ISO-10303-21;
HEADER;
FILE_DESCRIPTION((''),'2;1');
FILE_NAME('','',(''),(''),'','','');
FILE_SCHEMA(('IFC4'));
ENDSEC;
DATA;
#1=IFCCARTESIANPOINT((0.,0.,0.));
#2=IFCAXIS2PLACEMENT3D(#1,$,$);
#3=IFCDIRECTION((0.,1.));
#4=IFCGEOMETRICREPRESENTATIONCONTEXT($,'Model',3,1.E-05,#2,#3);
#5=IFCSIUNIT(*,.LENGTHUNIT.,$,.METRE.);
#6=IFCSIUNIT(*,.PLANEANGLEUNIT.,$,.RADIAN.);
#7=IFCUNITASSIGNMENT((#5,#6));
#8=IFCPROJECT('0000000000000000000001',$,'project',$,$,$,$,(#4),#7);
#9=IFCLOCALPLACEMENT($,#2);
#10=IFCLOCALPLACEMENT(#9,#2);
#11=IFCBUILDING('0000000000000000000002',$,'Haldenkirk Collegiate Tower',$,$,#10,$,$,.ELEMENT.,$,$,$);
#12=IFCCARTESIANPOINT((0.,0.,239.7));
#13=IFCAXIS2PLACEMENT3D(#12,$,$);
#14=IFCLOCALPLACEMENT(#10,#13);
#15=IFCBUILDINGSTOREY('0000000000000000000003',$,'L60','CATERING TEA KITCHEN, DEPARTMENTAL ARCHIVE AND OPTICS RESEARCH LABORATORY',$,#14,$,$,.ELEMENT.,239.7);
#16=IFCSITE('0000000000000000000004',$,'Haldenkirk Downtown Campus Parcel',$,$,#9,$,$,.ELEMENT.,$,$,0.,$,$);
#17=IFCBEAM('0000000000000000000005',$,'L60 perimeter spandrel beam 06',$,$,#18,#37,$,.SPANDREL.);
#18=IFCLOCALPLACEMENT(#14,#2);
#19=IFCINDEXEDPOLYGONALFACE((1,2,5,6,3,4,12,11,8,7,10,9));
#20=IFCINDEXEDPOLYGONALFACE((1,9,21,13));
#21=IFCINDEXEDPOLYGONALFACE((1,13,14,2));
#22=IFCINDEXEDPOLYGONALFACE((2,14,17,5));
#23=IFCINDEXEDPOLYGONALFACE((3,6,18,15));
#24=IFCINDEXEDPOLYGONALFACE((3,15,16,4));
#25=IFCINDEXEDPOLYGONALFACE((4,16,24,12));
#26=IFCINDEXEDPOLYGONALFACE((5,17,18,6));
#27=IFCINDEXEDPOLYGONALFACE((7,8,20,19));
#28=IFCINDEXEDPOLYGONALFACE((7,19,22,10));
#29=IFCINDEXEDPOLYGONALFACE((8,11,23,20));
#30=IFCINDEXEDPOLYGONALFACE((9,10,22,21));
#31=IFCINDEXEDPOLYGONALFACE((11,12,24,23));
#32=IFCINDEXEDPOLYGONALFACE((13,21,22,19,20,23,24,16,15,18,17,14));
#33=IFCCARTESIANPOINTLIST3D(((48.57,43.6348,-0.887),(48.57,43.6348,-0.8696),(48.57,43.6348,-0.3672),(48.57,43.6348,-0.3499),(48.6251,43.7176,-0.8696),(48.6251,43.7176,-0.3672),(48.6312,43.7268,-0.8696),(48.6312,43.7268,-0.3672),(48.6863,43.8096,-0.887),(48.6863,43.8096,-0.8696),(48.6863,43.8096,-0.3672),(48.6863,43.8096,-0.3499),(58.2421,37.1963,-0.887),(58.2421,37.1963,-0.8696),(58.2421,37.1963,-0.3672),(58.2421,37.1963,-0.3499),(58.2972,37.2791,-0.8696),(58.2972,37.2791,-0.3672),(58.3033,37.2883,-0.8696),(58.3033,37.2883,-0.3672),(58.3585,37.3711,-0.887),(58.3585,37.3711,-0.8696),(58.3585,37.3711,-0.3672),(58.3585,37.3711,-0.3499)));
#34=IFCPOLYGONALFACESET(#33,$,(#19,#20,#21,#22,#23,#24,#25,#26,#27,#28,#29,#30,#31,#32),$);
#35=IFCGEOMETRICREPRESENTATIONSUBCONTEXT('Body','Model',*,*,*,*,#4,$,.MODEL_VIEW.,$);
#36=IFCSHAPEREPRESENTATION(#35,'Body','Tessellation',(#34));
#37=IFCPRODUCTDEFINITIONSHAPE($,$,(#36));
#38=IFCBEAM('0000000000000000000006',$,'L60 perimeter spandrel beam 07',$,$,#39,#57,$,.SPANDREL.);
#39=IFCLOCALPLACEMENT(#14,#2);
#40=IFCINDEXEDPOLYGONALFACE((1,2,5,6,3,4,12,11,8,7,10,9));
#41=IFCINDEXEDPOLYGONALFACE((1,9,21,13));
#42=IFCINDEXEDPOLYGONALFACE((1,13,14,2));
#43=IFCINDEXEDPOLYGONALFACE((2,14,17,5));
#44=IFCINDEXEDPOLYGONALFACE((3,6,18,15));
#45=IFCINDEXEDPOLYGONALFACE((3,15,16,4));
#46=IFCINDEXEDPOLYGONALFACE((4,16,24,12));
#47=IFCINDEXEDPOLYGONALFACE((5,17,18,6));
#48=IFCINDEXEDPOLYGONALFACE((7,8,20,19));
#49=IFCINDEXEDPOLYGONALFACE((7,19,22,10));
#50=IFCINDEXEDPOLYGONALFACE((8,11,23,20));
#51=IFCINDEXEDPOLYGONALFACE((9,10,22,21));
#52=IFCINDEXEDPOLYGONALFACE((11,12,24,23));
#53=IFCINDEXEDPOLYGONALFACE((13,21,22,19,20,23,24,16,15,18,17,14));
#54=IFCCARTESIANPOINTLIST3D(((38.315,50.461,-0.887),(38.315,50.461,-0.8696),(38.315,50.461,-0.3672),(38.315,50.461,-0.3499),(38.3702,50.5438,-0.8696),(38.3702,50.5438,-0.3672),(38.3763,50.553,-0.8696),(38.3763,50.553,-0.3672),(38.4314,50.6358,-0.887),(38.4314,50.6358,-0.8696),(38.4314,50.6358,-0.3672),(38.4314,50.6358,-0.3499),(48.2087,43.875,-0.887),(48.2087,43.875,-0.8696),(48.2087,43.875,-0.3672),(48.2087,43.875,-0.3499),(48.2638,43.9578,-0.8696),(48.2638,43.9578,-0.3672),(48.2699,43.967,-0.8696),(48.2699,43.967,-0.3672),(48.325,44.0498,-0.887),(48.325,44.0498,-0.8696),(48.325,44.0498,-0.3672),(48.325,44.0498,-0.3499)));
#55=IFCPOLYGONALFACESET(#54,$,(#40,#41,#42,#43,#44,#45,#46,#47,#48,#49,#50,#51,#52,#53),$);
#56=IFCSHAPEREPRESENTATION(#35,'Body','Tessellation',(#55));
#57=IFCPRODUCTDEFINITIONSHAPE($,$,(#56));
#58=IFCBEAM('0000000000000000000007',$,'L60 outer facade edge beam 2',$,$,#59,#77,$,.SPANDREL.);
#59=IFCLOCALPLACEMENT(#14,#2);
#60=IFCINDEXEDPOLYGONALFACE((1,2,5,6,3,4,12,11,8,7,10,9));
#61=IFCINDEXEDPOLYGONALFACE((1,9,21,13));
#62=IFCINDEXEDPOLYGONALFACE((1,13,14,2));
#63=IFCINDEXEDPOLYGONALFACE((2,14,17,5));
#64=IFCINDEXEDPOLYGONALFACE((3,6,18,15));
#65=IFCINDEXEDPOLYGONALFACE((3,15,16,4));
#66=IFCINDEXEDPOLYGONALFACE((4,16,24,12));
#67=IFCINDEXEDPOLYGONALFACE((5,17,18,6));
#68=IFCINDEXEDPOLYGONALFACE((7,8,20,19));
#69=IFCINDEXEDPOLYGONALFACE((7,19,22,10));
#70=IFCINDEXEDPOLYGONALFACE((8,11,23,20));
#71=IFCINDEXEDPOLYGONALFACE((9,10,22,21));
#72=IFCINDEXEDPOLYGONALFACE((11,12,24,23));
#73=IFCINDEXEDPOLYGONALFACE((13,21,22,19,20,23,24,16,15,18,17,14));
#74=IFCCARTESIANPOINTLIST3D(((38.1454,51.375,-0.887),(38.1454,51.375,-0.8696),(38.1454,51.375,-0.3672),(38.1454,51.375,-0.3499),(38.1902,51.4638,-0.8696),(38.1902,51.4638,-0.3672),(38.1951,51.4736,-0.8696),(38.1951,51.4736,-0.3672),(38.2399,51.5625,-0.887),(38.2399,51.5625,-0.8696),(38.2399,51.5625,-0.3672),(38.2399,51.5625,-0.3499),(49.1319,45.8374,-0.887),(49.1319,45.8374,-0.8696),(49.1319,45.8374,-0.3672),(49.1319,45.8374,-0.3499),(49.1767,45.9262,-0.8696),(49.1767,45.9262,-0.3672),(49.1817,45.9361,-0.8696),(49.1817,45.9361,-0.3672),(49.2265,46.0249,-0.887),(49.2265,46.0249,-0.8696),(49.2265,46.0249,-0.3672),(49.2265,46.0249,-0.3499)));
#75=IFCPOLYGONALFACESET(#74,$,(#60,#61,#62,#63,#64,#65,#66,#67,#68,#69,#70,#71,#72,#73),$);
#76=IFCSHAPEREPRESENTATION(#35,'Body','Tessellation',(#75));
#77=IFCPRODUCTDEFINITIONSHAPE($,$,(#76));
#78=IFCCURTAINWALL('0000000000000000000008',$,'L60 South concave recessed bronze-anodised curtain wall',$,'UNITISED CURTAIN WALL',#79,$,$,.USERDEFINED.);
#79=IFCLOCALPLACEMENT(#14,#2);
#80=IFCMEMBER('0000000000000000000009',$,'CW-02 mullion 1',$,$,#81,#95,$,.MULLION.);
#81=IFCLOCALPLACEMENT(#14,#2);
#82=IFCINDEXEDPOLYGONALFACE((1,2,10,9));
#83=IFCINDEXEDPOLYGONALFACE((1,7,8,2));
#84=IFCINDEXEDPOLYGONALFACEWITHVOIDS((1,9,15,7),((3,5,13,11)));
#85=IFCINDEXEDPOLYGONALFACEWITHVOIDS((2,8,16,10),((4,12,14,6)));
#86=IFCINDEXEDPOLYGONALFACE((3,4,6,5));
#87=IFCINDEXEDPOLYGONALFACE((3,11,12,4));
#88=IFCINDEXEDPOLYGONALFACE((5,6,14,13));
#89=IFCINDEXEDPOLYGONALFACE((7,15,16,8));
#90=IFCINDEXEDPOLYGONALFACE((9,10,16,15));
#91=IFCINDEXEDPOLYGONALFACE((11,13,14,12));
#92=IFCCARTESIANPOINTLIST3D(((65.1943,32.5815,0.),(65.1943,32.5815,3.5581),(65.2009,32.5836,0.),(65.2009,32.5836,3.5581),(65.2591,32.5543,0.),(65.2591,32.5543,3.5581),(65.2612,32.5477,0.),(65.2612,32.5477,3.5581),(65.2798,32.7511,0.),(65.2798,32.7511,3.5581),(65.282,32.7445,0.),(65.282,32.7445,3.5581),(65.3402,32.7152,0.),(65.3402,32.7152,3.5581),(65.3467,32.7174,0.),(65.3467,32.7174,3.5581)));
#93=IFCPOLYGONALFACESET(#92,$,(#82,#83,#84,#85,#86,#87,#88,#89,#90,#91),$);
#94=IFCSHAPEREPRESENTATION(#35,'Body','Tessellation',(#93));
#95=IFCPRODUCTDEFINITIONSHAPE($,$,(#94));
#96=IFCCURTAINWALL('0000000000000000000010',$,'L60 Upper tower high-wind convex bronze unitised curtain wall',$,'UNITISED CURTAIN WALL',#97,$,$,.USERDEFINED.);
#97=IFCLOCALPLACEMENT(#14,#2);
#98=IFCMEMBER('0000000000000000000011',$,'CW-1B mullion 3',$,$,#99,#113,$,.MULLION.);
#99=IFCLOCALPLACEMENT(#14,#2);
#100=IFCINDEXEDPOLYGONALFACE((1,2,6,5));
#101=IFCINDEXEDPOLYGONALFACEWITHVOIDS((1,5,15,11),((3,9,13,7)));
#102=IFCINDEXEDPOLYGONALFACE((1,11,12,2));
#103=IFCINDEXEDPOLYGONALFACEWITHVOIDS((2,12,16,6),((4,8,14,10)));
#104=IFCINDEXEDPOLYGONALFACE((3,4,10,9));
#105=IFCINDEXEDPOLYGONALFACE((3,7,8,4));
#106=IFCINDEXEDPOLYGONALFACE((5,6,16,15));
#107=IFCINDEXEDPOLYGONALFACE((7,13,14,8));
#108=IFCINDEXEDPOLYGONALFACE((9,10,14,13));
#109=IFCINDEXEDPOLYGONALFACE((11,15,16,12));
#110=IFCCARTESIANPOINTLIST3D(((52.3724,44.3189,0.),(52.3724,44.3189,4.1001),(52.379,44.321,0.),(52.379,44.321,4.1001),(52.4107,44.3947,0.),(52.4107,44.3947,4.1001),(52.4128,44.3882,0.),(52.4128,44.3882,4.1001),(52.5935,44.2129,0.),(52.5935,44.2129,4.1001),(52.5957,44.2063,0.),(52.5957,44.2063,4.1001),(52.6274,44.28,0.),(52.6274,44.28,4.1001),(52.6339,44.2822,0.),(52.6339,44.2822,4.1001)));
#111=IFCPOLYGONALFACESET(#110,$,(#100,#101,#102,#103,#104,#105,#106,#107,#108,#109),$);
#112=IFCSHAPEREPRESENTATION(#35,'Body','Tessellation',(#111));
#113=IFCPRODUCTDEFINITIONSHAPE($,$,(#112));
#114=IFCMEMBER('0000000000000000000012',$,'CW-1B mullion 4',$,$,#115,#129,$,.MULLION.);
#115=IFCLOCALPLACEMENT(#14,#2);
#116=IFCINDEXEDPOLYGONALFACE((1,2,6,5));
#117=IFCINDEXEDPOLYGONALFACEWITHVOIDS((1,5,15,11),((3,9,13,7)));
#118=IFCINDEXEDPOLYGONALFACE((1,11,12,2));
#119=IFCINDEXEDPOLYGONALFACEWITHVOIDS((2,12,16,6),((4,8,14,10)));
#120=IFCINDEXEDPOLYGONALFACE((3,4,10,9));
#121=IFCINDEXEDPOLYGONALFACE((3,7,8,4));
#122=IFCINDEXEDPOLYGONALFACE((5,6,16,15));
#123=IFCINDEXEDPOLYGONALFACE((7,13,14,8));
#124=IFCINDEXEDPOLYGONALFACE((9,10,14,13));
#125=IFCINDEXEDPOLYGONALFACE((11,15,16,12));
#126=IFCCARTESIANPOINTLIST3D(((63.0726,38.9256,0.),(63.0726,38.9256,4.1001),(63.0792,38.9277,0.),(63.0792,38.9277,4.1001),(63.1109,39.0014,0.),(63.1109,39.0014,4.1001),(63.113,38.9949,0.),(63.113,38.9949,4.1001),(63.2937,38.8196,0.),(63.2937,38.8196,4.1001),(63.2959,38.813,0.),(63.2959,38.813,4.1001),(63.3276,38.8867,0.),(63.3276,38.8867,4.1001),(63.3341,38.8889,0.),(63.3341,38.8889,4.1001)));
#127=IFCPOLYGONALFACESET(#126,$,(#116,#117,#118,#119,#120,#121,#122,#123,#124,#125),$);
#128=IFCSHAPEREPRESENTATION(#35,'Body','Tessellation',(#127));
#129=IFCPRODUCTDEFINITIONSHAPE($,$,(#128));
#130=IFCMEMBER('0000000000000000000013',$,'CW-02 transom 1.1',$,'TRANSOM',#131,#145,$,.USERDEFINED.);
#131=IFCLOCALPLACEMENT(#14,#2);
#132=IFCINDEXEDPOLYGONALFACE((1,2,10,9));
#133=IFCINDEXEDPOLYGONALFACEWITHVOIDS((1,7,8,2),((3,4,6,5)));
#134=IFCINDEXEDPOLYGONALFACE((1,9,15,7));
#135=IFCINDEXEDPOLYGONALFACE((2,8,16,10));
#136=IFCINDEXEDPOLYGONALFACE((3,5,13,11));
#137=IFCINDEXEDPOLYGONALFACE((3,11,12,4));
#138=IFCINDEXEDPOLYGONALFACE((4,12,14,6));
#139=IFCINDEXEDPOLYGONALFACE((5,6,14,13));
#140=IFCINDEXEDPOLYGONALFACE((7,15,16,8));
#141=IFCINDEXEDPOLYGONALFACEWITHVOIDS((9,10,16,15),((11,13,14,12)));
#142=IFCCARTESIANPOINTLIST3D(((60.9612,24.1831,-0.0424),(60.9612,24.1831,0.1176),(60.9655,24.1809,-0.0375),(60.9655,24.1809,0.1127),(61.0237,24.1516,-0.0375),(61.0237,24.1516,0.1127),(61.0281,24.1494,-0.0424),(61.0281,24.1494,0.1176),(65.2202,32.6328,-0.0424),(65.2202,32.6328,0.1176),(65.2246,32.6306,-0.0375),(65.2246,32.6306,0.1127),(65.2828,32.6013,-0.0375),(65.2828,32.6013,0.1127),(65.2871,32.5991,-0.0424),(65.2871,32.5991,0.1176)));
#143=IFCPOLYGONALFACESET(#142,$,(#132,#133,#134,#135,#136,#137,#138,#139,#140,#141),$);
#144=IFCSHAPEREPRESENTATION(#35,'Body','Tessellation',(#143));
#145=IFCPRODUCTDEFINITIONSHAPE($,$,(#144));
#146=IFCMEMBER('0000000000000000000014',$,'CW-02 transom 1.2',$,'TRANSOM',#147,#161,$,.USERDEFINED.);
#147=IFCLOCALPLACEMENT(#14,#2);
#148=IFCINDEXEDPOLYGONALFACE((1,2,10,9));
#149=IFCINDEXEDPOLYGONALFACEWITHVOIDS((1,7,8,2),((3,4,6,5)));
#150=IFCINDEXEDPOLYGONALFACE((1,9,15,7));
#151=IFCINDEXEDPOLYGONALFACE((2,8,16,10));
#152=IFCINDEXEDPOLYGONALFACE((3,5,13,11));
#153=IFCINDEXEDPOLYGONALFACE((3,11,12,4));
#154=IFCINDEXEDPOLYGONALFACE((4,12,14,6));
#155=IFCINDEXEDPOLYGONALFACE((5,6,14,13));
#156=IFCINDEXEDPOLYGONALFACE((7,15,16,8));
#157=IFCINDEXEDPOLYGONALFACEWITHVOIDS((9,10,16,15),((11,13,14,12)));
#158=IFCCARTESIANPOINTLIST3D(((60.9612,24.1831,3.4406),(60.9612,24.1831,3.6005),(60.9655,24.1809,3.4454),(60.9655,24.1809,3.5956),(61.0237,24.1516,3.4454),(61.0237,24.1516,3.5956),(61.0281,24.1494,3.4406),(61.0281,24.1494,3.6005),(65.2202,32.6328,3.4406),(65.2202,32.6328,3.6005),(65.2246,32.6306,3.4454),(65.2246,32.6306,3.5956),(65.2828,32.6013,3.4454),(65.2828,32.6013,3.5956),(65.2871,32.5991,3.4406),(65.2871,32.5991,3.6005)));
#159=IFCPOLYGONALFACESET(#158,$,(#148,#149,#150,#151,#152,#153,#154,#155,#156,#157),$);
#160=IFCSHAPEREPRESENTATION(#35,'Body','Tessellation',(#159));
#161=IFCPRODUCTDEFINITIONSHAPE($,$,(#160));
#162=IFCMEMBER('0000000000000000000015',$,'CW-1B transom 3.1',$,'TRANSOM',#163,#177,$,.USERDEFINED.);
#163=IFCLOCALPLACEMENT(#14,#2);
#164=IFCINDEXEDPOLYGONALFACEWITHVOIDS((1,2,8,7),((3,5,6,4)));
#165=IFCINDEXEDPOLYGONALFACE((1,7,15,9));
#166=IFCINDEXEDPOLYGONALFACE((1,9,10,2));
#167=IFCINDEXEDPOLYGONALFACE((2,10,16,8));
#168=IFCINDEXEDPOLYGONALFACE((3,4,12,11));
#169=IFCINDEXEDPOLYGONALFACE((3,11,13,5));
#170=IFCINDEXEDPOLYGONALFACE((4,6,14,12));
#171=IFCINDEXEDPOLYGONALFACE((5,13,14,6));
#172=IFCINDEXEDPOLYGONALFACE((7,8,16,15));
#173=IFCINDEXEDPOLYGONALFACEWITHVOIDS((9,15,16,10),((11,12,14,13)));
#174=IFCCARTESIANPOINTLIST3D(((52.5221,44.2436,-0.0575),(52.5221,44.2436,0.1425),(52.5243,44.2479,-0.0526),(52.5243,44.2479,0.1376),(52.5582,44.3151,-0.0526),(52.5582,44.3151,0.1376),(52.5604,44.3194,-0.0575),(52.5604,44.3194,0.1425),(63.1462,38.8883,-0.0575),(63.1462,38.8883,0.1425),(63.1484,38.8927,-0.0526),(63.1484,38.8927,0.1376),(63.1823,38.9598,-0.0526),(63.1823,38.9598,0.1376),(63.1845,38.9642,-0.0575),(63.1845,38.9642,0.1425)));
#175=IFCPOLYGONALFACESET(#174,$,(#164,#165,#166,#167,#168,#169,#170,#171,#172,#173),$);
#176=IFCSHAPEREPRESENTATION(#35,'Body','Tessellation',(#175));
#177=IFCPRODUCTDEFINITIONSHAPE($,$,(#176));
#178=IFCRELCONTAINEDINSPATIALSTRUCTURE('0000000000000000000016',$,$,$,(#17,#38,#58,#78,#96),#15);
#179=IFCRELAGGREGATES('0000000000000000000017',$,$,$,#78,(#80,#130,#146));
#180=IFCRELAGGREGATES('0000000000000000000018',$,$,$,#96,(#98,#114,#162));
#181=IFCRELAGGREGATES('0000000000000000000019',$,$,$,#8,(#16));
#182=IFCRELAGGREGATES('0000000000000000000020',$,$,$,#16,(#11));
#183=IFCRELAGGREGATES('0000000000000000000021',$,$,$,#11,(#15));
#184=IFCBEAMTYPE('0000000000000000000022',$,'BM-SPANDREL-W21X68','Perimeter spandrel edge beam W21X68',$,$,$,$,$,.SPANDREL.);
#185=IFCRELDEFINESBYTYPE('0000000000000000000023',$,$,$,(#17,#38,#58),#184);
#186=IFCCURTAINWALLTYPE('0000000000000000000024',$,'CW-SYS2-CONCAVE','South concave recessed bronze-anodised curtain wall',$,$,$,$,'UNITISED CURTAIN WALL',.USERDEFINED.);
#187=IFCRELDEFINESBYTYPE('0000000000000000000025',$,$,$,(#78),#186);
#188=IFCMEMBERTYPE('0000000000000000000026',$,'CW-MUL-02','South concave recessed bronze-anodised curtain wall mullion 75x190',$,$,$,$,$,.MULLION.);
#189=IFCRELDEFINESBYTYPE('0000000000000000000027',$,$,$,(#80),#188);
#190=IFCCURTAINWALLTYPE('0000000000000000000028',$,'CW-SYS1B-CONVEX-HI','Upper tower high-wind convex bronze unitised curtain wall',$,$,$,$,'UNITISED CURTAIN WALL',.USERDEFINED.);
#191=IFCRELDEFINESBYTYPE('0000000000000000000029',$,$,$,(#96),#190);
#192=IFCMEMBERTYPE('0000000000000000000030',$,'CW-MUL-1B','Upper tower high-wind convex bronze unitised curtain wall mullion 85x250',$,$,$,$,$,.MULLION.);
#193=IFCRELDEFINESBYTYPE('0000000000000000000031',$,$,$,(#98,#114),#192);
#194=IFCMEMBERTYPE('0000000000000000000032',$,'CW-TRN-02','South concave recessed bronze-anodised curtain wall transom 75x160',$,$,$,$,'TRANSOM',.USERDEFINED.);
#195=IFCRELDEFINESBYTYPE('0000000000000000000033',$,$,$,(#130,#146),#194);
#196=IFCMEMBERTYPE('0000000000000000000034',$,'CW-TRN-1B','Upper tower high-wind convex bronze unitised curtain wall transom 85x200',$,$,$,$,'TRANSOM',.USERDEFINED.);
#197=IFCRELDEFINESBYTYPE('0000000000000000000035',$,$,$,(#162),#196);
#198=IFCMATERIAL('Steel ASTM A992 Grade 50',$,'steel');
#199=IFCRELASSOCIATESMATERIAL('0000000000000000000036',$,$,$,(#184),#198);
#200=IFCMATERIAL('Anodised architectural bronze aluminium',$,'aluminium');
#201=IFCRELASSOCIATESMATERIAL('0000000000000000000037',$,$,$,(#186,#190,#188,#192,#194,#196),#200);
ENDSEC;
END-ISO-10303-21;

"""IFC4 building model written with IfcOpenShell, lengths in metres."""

from ifc_helpers import new_model, si_unit, direction, frame, origin, origin_2d, place, context, subcontext, project, spatial, hollow_rectangle, i_section, extrude, material, material_profile, profile_set, type_object, element, aggregate, save


model = new_model("IFC4")

# Units and contexts
model_context = context("Model", 3, precision=1e-05, world=origin(), true_north=direction((0.0, 1.0)))
body_context = subcontext(model_context, "Body", "Model", "MODEL_VIEW")
ifc_project = project(units=[si_unit("LENGTHUNIT", "METRE"), si_unit("PLANEANGLEUNIT", "RADIAN")], contexts=[model_context])

# Site, building, storey
site_placement = place(None, origin())
site = spatial("IfcSite", under=ifc_project, at=site_placement, Name="Haldenkirk Downtown Campus Parcel", CompositionType="ELEMENT", RefElevation=0.0)
building_placement = place(site_placement, origin())
building = spatial("IfcBuilding", under=site, at=building_placement, Name="Haldenkirk Collegiate Tower", CompositionType="ELEMENT")
storey_placement = place(building_placement, frame((0.0, 0.0, 239.7)))
storey = spatial("IfcBuildingStorey", under=building, at=storey_placement, Name="L60", Description="CATERING TEA KITCHEN, DEPARTMENTAL ARCHIVE AND OPTICS RESEARCH LABORATORY", CompositionType="ELEMENT", Elevation=239.7)

# Beams
ifc_material_1 = material(Name="Steel ASTM A992 Grade 50", Category="steel")
ifc_material_profile_1 = material_profile(ifc_material_1, i_section(OverallWidth=0.21, OverallDepth=0.5371, WebThickness=0.011, FlangeThickness=0.0173, at=origin_2d()), Name="W21X68")
ifc_profile_set_1 = profile_set([ifc_material_profile_1], Name="Steel ASTM A992 Grade 50")
beam_type_1 = type_object("IfcBeamType", Name="BM-SPANDREL-W21X68", Description="Perimeter spandrel edge beam W21X68", PredefinedType="SPANDREL", material=ifc_profile_set_1)
beam_1_placement = place(storey_placement, frame((58.3003, 37.2837, -0.6184), z_axis=(-0.832432, 0.554128, 0.0), x_axis=(-0.554128, -0.832432, 0.0)))
element("IfcBeam", 1, at=beam_1_placement, inside=storey, type_object=beam_type_1, Name="L60 perimeter spandrel beam 06", PredefinedType="SPANDREL", context=body_context, shape_type="SweptSolid", body=[
    extrude(i_section(OverallWidth=0.21, OverallDepth=0.5371, WebThickness=0.011, FlangeThickness=0.0173, at=origin_2d()), origin(), (0.0, 0.0, 1.0), 11.6191),
])
beam_2_placement = place(storey_placement, frame((48.2668, 43.9624, -0.6184), z_axis=(-0.832429, 0.554131, 0.0), x_axis=(-0.554131, -0.832429, 0.0)))
element("IfcBeam", 2, at=beam_2_placement, inside=storey, type_object=beam_type_1, Name="L60 perimeter spandrel beam 07", PredefinedType="SPANDREL", context=body_context, shape_type="SweptSolid", body=[
    extrude(i_section(OverallWidth=0.21, OverallDepth=0.5371, WebThickness=0.011, FlangeThickness=0.0173, at=origin_2d()), origin(), (0.0, 0.0, 1.0), 11.8853),
])
beam_3_placement = place(storey_placement, frame((49.1792, 45.9312, -0.6184), z_axis=(-0.892982, 0.450093, 0.0), x_axis=(-0.450093, -0.892982, 0.0)))
element("IfcBeam", 3, at=beam_3_placement, inside=storey, type_object=beam_type_1, Name="L60 outer facade edge beam 2", PredefinedType="SPANDREL", context=body_context, shape_type="SweptSolid", body=[
    extrude(i_section(OverallWidth=0.21, OverallDepth=0.5371, WebThickness=0.011, FlangeThickness=0.0173, at=origin_2d()), origin(), (0.0, 0.0, 1.0), 12.3032),
])

# Curtain wall, member
ifc_material_2 = material(Name="Anodised architectural bronze aluminium", Category="aluminium")
curtain_wall_type_1 = type_object("IfcCurtainWallType", Name="CW-SYS2-CONCAVE", Description="South concave recessed bronze-anodised curtain wall", ElementType="UNITISED CURTAIN WALL", PredefinedType="USERDEFINED", material=ifc_material_2)
curtain_wall_1_placement = place(storey_placement, origin())
curtain_wall_1 = element("IfcCurtainWall", 4, at=curtain_wall_1_placement, inside=storey, type_object=curtain_wall_type_1, Name="L60 South concave recessed bronze-anodised curtain wall", ObjectType="UNITISED CURTAIN WALL", PredefinedType="USERDEFINED")
ifc_material_profile_2 = material_profile(ifc_material_2, hollow_rectangle(XDim=0.075, YDim=0.1899, WallThickness=0.0049, at=origin_2d()), Name="CW-MUL-02")
ifc_profile_set_2 = profile_set([ifc_material_profile_2], Name="Anodised architectural bronze aluminium")
member_type_1 = type_object("IfcMemberType", Name="CW-MUL-02", Description="South concave recessed bronze-anodised curtain wall mullion 75x190", PredefinedType="MULLION", material=ifc_profile_set_2)
member_1_placement = place(storey_placement, frame((65.2705, 32.6494, 0.0), z_axis=(0.0, 0.0, 1.0), x_axis=(0.89298, -0.450097, 0.0)))
member_1 = element("IfcMember", 5, at=member_1_placement, type_object=member_type_1, Name="CW-02 mullion 1", PredefinedType="MULLION", context=body_context, shape_type="SweptSolid", body=[
    extrude(hollow_rectangle(XDim=0.075, YDim=0.1899, WallThickness=0.0049, at=origin_2d()), origin(), (0.0, 0.0, 1.0), 3.5581),
])

# Curtain wall, members
curtain_wall_type_2 = type_object("IfcCurtainWallType", Name="CW-SYS1B-CONVEX-HI", Description="Upper tower high-wind convex bronze unitised curtain wall", ElementType="UNITISED CURTAIN WALL", PredefinedType="USERDEFINED", material=ifc_material_2)
curtain_wall_2_placement = place(storey_placement, origin())
curtain_wall_2 = element("IfcCurtainWall", 6, at=curtain_wall_2_placement, inside=storey, type_object=curtain_wall_type_2, Name="L60 Upper tower high-wind convex bronze unitised curtain wall", ObjectType="UNITISED CURTAIN WALL", PredefinedType="USERDEFINED")
ifc_material_profile_3 = material_profile(ifc_material_2, hollow_rectangle(XDim=0.085, YDim=0.25, WallThickness=0.0049, at=origin_2d()), Name="CW-MUL-1B")
ifc_profile_set_3 = profile_set([ifc_material_profile_3], Name="Anodised architectural bronze aluminium")
member_type_2 = type_object("IfcMemberType", Name="CW-MUL-1B", Description="Upper tower high-wind convex bronze unitised curtain wall mullion 85x250", PredefinedType="MULLION", material=ifc_profile_set_3)
member_2_placement = place(storey_placement, frame((52.5032, 44.3005, 0.0), z_axis=(0.0, 0.0, 1.0), x_axis=(0.450099, 0.892979, 0.0)))
member_2 = element("IfcMember", 7, at=member_2_placement, type_object=member_type_2, Name="CW-1B mullion 3", PredefinedType="MULLION", context=body_context, shape_type="SweptSolid", body=[
    extrude(hollow_rectangle(XDim=0.085, YDim=0.25, WallThickness=0.0049, at=origin_2d()), origin(), (0.0, 0.0, 1.0), 4.1001),
])
member_3_placement = place(storey_placement, frame((63.2034, 38.9072, 0.0), z_axis=(0.0, 0.0, 1.0), x_axis=(0.450099, 0.892979, 0.0)))
member_3 = element("IfcMember", 8, at=member_3_placement, type_object=member_type_2, Name="CW-1B mullion 4", PredefinedType="MULLION", context=body_context, shape_type="SweptSolid", body=[
    extrude(hollow_rectangle(XDim=0.085, YDim=0.25, WallThickness=0.0049, at=origin_2d()), origin(), (0.0, 0.0, 1.0), 4.1001),
])

# Members
ifc_material_profile_4 = material_profile(ifc_material_2, hollow_rectangle(XDim=0.075, YDim=0.1599, WallThickness=0.0049, at=origin_2d()), Name="CW-TRN-02")
ifc_profile_set_4 = profile_set([ifc_material_profile_4], Name="Anodised architectural bronze aluminium")
member_type_3 = type_object("IfcMemberType", Name="CW-TRN-02", Description="South concave recessed bronze-anodised curtain wall transom 75x160", ElementType="TRANSOM", PredefinedType="USERDEFINED", material=ifc_profile_set_4)
member_4_placement = place(storey_placement, frame((65.2537, 32.616, 0.0376), z_axis=(-0.450101, -0.892978, 0.0), x_axis=(0.892978, -0.450101, 0.0)))
member_4 = element("IfcMember", 9, at=member_4_placement, type_object=member_type_3, Name="CW-02 transom 1.1", ObjectType="TRANSOM", PredefinedType="USERDEFINED", context=body_context, shape_type="SweptSolid", body=[
    extrude(hollow_rectangle(XDim=0.075, YDim=0.1599, WallThickness=0.0049, at=origin_2d()), origin(), (0.0, 0.0, 1.0), 9.4624),
])
member_5_placement = place(storey_placement, frame((65.2537, 32.616, 3.5205), z_axis=(-0.450101, -0.892978, 0.0), x_axis=(0.892978, -0.450101, 0.0)))
member_5 = element("IfcMember", 10, at=member_5_placement, type_object=member_type_3, Name="CW-02 transom 1.2", ObjectType="TRANSOM", PredefinedType="USERDEFINED", context=body_context, shape_type="SweptSolid", body=[
    extrude(hollow_rectangle(XDim=0.075, YDim=0.1599, WallThickness=0.0049, at=origin_2d()), origin(), (0.0, 0.0, 1.0), 9.4624),
])
ifc_material_profile_5 = material_profile(ifc_material_2, hollow_rectangle(XDim=0.085, YDim=0.2, WallThickness=0.0049, at=origin_2d()), Name="CW-TRN-1B")
ifc_profile_set_5 = profile_set([ifc_material_profile_5], Name="Anodised architectural bronze aluminium")
member_type_4 = type_object("IfcMemberType", Name="CW-TRN-1B", Description="Upper tower high-wind convex bronze unitised curtain wall transom 85x200", ElementType="TRANSOM", PredefinedType="USERDEFINED", material=ifc_profile_set_5)
member_6_placement = place(storey_placement, frame((52.5413, 44.2815, 0.0425), z_axis=(0.89297, -0.450117, 0.0), x_axis=(0.450117, 0.89297, 0.0)))
member_6 = element("IfcMember", 11, at=member_6_placement, type_object=member_type_4, Name="CW-1B transom 3.1", ObjectType="TRANSOM", PredefinedType="USERDEFINED", context=body_context, shape_type="SweptSolid", body=[
    extrude(hollow_rectangle(XDim=0.085, YDim=0.2, WallThickness=0.0049, at=origin_2d()), origin(), (0.0, 0.0, 1.0), 11.8975),
])

aggregate(curtain_wall_1, [member_1, member_4, member_5])
aggregate(curtain_wall_2, [member_2, member_3, member_6])

save(model, "model.ifc")
